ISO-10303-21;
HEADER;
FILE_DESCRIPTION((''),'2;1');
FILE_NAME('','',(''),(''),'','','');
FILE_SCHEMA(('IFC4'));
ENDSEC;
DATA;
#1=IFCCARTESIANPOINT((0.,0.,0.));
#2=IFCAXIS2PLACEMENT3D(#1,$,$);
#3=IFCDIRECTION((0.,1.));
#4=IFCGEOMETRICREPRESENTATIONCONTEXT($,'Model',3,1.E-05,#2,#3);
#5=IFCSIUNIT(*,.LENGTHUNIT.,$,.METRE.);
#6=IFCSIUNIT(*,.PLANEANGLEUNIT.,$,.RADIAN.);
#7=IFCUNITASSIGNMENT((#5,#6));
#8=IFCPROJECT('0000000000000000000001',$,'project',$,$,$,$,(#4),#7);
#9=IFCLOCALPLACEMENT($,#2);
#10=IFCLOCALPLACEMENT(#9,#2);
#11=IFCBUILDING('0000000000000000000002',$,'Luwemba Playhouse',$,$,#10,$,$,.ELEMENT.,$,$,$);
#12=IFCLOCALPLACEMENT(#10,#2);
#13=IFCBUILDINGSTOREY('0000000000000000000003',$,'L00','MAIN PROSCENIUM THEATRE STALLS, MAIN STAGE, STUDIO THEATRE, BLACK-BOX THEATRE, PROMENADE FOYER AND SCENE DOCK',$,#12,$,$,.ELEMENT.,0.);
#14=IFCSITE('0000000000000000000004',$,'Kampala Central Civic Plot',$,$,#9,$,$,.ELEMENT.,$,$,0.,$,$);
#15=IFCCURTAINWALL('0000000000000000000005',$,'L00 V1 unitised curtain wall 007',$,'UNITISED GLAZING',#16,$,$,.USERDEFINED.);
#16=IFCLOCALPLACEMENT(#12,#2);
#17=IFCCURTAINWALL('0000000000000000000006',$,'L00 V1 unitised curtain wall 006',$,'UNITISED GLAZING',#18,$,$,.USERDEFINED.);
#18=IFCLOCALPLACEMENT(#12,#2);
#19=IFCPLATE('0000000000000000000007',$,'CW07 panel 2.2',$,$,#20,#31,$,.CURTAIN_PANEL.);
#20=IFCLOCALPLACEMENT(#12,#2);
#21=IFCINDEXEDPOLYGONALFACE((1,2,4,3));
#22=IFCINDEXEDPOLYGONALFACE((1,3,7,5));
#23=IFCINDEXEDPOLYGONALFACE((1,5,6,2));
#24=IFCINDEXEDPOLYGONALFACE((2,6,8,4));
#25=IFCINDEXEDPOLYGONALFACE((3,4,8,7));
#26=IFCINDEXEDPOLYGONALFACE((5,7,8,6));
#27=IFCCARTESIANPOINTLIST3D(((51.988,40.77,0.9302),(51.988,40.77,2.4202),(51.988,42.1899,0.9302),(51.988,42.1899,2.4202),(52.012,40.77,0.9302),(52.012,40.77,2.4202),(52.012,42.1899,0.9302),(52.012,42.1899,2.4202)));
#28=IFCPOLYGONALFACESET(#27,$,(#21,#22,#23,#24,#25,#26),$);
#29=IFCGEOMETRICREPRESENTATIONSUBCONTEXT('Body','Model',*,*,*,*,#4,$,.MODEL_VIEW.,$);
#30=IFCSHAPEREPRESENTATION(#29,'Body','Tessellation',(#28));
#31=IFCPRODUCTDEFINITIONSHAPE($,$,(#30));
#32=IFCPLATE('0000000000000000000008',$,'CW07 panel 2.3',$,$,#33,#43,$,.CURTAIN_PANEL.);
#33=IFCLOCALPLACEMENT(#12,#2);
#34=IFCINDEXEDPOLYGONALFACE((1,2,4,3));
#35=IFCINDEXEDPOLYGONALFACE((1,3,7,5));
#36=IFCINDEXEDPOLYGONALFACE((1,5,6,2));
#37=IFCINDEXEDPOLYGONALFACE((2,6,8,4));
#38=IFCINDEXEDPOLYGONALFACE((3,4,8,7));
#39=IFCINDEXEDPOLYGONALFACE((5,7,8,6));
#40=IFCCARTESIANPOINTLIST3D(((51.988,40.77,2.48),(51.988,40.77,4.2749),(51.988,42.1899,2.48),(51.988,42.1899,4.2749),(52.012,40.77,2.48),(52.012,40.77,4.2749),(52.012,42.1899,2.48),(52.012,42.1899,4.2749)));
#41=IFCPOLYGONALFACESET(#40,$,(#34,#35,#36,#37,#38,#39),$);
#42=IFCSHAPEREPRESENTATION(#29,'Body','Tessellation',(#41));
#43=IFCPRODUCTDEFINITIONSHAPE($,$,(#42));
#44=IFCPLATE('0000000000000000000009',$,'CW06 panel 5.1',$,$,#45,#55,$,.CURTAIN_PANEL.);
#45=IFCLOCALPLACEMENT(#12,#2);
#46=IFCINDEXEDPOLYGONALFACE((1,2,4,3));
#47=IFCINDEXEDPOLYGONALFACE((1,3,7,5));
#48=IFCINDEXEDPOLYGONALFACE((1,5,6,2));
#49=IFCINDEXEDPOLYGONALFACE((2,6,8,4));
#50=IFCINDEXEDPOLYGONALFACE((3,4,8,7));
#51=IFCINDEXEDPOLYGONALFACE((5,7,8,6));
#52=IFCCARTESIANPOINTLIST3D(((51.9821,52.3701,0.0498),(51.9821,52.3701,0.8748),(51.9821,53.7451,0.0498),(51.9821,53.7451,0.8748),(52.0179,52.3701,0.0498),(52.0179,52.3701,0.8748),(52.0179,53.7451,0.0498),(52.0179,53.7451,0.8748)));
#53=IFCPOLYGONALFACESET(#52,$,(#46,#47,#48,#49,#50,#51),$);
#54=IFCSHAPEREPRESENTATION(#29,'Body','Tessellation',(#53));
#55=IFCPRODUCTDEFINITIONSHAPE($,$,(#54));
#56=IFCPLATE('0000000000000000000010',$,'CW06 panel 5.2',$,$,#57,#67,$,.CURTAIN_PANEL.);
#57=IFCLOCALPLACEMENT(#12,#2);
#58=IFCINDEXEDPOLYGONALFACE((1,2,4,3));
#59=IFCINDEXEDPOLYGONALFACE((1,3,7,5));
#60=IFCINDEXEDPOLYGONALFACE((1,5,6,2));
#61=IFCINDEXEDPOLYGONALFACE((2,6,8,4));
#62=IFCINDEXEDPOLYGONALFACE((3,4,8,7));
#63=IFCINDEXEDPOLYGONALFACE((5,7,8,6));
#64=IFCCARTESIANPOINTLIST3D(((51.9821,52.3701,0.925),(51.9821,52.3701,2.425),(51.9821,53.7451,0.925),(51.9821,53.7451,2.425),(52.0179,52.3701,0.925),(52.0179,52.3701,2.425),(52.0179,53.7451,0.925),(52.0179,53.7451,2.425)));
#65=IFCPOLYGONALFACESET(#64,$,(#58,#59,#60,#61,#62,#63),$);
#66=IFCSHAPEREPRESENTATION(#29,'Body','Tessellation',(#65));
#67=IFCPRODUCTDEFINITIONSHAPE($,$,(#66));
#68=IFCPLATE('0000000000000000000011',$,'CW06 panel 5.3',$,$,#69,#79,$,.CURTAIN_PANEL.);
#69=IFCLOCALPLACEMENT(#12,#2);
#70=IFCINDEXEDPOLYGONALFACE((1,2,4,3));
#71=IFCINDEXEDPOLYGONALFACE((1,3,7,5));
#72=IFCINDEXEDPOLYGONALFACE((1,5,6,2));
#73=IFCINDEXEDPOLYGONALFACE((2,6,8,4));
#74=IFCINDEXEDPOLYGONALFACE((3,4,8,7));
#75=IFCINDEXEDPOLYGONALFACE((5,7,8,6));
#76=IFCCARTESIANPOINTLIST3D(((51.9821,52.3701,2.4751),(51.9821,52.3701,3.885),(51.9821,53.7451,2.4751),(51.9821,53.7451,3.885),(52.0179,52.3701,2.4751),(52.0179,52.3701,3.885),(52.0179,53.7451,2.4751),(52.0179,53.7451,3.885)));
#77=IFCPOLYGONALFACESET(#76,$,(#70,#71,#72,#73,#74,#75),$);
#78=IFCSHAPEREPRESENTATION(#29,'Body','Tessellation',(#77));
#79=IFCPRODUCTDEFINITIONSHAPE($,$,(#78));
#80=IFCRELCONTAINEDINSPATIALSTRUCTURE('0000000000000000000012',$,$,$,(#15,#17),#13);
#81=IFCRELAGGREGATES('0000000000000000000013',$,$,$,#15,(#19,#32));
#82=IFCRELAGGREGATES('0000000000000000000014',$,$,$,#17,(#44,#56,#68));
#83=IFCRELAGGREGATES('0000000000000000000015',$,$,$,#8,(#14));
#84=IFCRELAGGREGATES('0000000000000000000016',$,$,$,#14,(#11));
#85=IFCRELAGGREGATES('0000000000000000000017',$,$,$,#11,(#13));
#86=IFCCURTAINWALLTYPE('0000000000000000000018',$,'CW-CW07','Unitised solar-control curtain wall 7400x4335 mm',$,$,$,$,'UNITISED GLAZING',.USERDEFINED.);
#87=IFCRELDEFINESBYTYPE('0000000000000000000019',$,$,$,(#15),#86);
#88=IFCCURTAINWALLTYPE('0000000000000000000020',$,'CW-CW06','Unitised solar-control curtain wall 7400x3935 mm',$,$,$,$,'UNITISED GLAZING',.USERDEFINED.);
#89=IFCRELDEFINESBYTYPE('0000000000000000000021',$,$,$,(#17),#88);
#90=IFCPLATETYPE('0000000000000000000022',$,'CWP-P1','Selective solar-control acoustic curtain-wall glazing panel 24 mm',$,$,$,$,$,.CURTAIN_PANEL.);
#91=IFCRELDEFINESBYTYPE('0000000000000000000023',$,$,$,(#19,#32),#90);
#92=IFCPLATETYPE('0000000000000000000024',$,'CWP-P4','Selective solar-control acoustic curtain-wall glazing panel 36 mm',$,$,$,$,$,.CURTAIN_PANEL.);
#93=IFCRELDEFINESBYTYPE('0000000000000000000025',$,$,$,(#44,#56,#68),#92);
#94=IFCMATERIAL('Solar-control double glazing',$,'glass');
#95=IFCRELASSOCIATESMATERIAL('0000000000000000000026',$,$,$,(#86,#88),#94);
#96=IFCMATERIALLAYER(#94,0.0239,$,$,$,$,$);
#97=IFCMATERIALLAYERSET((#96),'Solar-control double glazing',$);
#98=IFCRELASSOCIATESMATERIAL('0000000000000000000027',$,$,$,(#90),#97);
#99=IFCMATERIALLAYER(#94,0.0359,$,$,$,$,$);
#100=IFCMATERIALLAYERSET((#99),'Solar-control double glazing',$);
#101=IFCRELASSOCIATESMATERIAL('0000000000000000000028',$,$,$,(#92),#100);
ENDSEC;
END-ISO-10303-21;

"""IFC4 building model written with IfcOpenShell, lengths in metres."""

from ifc_helpers import new_model, si_unit, direction, frame, origin, origin_2d, place, context, subcontext, project, spatial, rectangle, extrude, material, layer, layer_set, type_object, element, aggregate, save


model = new_model("IFC4")

# Units and contexts
model_context = context("Model", 3, precision=1e-05, world=origin(), true_north=direction((0.0, 1.0)))
body_context = subcontext(model_context, "Body", "Model", "MODEL_VIEW")
ifc_project = project(units=[si_unit("LENGTHUNIT", "METRE"), si_unit("PLANEANGLEUNIT", "RADIAN")], contexts=[model_context])

# Site, building, storey
site_placement = place(None, origin())
site = spatial("IfcSite", under=ifc_project, at=site_placement, Name="Kampala Central Civic Plot", CompositionType="ELEMENT", RefElevation=0.0)
building_placement = place(site_placement, origin())
building = spatial("IfcBuilding", under=site, at=building_placement, Name="Luwemba Playhouse", CompositionType="ELEMENT")
storey_placement = place(building_placement, origin())
storey = spatial("IfcBuildingStorey", under=building, at=storey_placement, Name="L00", Description="MAIN PROSCENIUM THEATRE STALLS, MAIN STAGE, STUDIO THEATRE, BLACK-BOX THEATRE, PROMENADE FOYER AND SCENE DOCK", CompositionType="ELEMENT", Elevation=0.0)

# Curtain wall
ifc_material_1 = material(Name="Solar-control double glazing", Category="glass")
curtain_wall_type_1 = type_object("IfcCurtainWallType", Name="CW-CW07", Description="Unitised solar-control curtain wall 7400x4335 mm", ElementType="UNITISED GLAZING", PredefinedType="USERDEFINED", material=ifc_material_1)
curtain_wall_1_placement = place(storey_placement, origin())
curtain_wall_1 = element("IfcCurtainWall", 1, at=curtain_wall_1_placement, inside=storey, type_object=curtain_wall_type_1, Name="L00 V1 unitised curtain wall 007", ObjectType="UNITISED GLAZING", PredefinedType="USERDEFINED")

# Curtain wall
curtain_wall_type_2 = type_object("IfcCurtainWallType", Name="CW-CW06", Description="Unitised solar-control curtain wall 7400x3935 mm", ElementType="UNITISED GLAZING", PredefinedType="USERDEFINED", material=ifc_material_1)
curtain_wall_2_placement = place(storey_placement, origin())
curtain_wall_2 = element("IfcCurtainWall", 2, at=curtain_wall_2_placement, inside=storey, type_object=curtain_wall_type_2, Name="L00 V1 unitised curtain wall 006", ObjectType="UNITISED GLAZING", PredefinedType="USERDEFINED")

# Plates
ifc_layer_1 = layer(ifc_material_1, 0.0239)
ifc_layer_set_1 = layer_set([ifc_layer_1], Name="Solar-control double glazing")
plate_type_1 = type_object("IfcPlateType", Name="CWP-P1", Description="Selective solar-control acoustic curtain-wall glazing panel 24 mm", PredefinedType="CURTAIN_PANEL", material=ifc_layer_set_1)
plate_1_placement = place(storey_placement, frame((52.0, 41.48, 0.9302), z_axis=(0.0, 0.0, 1.0), x_axis=(0.0, -1.0, 0.0)))
plate_1 = element("IfcPlate", 3, at=plate_1_placement, type_object=plate_type_1, Name="CW07 panel 2.2", PredefinedType="CURTAIN_PANEL", context=body_context, shape_type="SweptSolid", body=[
    extrude(rectangle(XDim=1.4199, YDim=0.0239, at=origin_2d()), origin(), (0.0, 0.0, 1.0), 1.49),
])
plate_2_placement = place(storey_placement, frame((52.0, 41.48, 2.48), z_axis=(0.0, 0.0, 1.0), x_axis=(0.0, -1.0, 0.0)))
plate_2 = element("IfcPlate", 4, at=plate_2_placement, type_object=plate_type_1, Name="CW07 panel 2.3", PredefinedType="CURTAIN_PANEL", context=body_context, shape_type="SweptSolid", body=[
    extrude(rectangle(XDim=1.4199, YDim=0.0239, at=origin_2d()), origin(), (0.0, 0.0, 1.0), 1.7949),
])
aggregate(curtain_wall_1, [plate_1, plate_2])
ifc_layer_2 = layer(ifc_material_1, 0.0359)
ifc_layer_set_2 = layer_set([ifc_layer_2], Name="Solar-control double glazing")
plate_type_2 = type_object("IfcPlateType", Name="CWP-P4", Description="Selective solar-control acoustic curtain-wall glazing panel 36 mm", PredefinedType="CURTAIN_PANEL", material=ifc_layer_set_2)
plate_3_placement = place(storey_placement, frame((52.0, 53.0576, 0.0498), z_axis=(0.0, 0.0, 1.0), x_axis=(0.0, -1.0, 0.0)))
plate_3 = element("IfcPlate", 5, at=plate_3_placement, type_object=plate_type_2, Name="CW06 panel 5.1", PredefinedType="CURTAIN_PANEL", context=body_context, shape_type="SweptSolid", body=[
    extrude(rectangle(XDim=1.375, YDim=0.0359, at=origin_2d()), origin(), (0.0, 0.0, 1.0), 0.825),
])
plate_4_placement = place(storey_placement, frame((52.0, 53.0576, 0.925), z_axis=(0.0, 0.0, 1.0), x_axis=(0.0, -1.0, 0.0)))
plate_4 = element("IfcPlate", 6, at=plate_4_placement, type_object=plate_type_2, Name="CW06 panel 5.2", PredefinedType="CURTAIN_PANEL", context=body_context, shape_type="SweptSolid", body=[
    extrude(rectangle(XDim=1.375, YDim=0.0359, at=origin_2d()), origin(), (0.0, 0.0, 1.0), 1.5),
])
plate_5_placement = place(storey_placement, frame((52.0, 53.0576, 2.4751), z_axis=(0.0, 0.0, 1.0), x_axis=(0.0, -1.0, 0.0)))
plate_5 = element("IfcPlate", 7, at=plate_5_placement, type_object=plate_type_2, Name="CW06 panel 5.3", PredefinedType="CURTAIN_PANEL", context=body_context, shape_type="SweptSolid", body=[
    extrude(rectangle(XDim=1.375, YDim=0.0359, at=origin_2d()), origin(), (0.0, 0.0, 1.0), 1.4099),
])
aggregate(curtain_wall_2, [plate_3, plate_4, plate_5])

save(model, "model.ifc")
